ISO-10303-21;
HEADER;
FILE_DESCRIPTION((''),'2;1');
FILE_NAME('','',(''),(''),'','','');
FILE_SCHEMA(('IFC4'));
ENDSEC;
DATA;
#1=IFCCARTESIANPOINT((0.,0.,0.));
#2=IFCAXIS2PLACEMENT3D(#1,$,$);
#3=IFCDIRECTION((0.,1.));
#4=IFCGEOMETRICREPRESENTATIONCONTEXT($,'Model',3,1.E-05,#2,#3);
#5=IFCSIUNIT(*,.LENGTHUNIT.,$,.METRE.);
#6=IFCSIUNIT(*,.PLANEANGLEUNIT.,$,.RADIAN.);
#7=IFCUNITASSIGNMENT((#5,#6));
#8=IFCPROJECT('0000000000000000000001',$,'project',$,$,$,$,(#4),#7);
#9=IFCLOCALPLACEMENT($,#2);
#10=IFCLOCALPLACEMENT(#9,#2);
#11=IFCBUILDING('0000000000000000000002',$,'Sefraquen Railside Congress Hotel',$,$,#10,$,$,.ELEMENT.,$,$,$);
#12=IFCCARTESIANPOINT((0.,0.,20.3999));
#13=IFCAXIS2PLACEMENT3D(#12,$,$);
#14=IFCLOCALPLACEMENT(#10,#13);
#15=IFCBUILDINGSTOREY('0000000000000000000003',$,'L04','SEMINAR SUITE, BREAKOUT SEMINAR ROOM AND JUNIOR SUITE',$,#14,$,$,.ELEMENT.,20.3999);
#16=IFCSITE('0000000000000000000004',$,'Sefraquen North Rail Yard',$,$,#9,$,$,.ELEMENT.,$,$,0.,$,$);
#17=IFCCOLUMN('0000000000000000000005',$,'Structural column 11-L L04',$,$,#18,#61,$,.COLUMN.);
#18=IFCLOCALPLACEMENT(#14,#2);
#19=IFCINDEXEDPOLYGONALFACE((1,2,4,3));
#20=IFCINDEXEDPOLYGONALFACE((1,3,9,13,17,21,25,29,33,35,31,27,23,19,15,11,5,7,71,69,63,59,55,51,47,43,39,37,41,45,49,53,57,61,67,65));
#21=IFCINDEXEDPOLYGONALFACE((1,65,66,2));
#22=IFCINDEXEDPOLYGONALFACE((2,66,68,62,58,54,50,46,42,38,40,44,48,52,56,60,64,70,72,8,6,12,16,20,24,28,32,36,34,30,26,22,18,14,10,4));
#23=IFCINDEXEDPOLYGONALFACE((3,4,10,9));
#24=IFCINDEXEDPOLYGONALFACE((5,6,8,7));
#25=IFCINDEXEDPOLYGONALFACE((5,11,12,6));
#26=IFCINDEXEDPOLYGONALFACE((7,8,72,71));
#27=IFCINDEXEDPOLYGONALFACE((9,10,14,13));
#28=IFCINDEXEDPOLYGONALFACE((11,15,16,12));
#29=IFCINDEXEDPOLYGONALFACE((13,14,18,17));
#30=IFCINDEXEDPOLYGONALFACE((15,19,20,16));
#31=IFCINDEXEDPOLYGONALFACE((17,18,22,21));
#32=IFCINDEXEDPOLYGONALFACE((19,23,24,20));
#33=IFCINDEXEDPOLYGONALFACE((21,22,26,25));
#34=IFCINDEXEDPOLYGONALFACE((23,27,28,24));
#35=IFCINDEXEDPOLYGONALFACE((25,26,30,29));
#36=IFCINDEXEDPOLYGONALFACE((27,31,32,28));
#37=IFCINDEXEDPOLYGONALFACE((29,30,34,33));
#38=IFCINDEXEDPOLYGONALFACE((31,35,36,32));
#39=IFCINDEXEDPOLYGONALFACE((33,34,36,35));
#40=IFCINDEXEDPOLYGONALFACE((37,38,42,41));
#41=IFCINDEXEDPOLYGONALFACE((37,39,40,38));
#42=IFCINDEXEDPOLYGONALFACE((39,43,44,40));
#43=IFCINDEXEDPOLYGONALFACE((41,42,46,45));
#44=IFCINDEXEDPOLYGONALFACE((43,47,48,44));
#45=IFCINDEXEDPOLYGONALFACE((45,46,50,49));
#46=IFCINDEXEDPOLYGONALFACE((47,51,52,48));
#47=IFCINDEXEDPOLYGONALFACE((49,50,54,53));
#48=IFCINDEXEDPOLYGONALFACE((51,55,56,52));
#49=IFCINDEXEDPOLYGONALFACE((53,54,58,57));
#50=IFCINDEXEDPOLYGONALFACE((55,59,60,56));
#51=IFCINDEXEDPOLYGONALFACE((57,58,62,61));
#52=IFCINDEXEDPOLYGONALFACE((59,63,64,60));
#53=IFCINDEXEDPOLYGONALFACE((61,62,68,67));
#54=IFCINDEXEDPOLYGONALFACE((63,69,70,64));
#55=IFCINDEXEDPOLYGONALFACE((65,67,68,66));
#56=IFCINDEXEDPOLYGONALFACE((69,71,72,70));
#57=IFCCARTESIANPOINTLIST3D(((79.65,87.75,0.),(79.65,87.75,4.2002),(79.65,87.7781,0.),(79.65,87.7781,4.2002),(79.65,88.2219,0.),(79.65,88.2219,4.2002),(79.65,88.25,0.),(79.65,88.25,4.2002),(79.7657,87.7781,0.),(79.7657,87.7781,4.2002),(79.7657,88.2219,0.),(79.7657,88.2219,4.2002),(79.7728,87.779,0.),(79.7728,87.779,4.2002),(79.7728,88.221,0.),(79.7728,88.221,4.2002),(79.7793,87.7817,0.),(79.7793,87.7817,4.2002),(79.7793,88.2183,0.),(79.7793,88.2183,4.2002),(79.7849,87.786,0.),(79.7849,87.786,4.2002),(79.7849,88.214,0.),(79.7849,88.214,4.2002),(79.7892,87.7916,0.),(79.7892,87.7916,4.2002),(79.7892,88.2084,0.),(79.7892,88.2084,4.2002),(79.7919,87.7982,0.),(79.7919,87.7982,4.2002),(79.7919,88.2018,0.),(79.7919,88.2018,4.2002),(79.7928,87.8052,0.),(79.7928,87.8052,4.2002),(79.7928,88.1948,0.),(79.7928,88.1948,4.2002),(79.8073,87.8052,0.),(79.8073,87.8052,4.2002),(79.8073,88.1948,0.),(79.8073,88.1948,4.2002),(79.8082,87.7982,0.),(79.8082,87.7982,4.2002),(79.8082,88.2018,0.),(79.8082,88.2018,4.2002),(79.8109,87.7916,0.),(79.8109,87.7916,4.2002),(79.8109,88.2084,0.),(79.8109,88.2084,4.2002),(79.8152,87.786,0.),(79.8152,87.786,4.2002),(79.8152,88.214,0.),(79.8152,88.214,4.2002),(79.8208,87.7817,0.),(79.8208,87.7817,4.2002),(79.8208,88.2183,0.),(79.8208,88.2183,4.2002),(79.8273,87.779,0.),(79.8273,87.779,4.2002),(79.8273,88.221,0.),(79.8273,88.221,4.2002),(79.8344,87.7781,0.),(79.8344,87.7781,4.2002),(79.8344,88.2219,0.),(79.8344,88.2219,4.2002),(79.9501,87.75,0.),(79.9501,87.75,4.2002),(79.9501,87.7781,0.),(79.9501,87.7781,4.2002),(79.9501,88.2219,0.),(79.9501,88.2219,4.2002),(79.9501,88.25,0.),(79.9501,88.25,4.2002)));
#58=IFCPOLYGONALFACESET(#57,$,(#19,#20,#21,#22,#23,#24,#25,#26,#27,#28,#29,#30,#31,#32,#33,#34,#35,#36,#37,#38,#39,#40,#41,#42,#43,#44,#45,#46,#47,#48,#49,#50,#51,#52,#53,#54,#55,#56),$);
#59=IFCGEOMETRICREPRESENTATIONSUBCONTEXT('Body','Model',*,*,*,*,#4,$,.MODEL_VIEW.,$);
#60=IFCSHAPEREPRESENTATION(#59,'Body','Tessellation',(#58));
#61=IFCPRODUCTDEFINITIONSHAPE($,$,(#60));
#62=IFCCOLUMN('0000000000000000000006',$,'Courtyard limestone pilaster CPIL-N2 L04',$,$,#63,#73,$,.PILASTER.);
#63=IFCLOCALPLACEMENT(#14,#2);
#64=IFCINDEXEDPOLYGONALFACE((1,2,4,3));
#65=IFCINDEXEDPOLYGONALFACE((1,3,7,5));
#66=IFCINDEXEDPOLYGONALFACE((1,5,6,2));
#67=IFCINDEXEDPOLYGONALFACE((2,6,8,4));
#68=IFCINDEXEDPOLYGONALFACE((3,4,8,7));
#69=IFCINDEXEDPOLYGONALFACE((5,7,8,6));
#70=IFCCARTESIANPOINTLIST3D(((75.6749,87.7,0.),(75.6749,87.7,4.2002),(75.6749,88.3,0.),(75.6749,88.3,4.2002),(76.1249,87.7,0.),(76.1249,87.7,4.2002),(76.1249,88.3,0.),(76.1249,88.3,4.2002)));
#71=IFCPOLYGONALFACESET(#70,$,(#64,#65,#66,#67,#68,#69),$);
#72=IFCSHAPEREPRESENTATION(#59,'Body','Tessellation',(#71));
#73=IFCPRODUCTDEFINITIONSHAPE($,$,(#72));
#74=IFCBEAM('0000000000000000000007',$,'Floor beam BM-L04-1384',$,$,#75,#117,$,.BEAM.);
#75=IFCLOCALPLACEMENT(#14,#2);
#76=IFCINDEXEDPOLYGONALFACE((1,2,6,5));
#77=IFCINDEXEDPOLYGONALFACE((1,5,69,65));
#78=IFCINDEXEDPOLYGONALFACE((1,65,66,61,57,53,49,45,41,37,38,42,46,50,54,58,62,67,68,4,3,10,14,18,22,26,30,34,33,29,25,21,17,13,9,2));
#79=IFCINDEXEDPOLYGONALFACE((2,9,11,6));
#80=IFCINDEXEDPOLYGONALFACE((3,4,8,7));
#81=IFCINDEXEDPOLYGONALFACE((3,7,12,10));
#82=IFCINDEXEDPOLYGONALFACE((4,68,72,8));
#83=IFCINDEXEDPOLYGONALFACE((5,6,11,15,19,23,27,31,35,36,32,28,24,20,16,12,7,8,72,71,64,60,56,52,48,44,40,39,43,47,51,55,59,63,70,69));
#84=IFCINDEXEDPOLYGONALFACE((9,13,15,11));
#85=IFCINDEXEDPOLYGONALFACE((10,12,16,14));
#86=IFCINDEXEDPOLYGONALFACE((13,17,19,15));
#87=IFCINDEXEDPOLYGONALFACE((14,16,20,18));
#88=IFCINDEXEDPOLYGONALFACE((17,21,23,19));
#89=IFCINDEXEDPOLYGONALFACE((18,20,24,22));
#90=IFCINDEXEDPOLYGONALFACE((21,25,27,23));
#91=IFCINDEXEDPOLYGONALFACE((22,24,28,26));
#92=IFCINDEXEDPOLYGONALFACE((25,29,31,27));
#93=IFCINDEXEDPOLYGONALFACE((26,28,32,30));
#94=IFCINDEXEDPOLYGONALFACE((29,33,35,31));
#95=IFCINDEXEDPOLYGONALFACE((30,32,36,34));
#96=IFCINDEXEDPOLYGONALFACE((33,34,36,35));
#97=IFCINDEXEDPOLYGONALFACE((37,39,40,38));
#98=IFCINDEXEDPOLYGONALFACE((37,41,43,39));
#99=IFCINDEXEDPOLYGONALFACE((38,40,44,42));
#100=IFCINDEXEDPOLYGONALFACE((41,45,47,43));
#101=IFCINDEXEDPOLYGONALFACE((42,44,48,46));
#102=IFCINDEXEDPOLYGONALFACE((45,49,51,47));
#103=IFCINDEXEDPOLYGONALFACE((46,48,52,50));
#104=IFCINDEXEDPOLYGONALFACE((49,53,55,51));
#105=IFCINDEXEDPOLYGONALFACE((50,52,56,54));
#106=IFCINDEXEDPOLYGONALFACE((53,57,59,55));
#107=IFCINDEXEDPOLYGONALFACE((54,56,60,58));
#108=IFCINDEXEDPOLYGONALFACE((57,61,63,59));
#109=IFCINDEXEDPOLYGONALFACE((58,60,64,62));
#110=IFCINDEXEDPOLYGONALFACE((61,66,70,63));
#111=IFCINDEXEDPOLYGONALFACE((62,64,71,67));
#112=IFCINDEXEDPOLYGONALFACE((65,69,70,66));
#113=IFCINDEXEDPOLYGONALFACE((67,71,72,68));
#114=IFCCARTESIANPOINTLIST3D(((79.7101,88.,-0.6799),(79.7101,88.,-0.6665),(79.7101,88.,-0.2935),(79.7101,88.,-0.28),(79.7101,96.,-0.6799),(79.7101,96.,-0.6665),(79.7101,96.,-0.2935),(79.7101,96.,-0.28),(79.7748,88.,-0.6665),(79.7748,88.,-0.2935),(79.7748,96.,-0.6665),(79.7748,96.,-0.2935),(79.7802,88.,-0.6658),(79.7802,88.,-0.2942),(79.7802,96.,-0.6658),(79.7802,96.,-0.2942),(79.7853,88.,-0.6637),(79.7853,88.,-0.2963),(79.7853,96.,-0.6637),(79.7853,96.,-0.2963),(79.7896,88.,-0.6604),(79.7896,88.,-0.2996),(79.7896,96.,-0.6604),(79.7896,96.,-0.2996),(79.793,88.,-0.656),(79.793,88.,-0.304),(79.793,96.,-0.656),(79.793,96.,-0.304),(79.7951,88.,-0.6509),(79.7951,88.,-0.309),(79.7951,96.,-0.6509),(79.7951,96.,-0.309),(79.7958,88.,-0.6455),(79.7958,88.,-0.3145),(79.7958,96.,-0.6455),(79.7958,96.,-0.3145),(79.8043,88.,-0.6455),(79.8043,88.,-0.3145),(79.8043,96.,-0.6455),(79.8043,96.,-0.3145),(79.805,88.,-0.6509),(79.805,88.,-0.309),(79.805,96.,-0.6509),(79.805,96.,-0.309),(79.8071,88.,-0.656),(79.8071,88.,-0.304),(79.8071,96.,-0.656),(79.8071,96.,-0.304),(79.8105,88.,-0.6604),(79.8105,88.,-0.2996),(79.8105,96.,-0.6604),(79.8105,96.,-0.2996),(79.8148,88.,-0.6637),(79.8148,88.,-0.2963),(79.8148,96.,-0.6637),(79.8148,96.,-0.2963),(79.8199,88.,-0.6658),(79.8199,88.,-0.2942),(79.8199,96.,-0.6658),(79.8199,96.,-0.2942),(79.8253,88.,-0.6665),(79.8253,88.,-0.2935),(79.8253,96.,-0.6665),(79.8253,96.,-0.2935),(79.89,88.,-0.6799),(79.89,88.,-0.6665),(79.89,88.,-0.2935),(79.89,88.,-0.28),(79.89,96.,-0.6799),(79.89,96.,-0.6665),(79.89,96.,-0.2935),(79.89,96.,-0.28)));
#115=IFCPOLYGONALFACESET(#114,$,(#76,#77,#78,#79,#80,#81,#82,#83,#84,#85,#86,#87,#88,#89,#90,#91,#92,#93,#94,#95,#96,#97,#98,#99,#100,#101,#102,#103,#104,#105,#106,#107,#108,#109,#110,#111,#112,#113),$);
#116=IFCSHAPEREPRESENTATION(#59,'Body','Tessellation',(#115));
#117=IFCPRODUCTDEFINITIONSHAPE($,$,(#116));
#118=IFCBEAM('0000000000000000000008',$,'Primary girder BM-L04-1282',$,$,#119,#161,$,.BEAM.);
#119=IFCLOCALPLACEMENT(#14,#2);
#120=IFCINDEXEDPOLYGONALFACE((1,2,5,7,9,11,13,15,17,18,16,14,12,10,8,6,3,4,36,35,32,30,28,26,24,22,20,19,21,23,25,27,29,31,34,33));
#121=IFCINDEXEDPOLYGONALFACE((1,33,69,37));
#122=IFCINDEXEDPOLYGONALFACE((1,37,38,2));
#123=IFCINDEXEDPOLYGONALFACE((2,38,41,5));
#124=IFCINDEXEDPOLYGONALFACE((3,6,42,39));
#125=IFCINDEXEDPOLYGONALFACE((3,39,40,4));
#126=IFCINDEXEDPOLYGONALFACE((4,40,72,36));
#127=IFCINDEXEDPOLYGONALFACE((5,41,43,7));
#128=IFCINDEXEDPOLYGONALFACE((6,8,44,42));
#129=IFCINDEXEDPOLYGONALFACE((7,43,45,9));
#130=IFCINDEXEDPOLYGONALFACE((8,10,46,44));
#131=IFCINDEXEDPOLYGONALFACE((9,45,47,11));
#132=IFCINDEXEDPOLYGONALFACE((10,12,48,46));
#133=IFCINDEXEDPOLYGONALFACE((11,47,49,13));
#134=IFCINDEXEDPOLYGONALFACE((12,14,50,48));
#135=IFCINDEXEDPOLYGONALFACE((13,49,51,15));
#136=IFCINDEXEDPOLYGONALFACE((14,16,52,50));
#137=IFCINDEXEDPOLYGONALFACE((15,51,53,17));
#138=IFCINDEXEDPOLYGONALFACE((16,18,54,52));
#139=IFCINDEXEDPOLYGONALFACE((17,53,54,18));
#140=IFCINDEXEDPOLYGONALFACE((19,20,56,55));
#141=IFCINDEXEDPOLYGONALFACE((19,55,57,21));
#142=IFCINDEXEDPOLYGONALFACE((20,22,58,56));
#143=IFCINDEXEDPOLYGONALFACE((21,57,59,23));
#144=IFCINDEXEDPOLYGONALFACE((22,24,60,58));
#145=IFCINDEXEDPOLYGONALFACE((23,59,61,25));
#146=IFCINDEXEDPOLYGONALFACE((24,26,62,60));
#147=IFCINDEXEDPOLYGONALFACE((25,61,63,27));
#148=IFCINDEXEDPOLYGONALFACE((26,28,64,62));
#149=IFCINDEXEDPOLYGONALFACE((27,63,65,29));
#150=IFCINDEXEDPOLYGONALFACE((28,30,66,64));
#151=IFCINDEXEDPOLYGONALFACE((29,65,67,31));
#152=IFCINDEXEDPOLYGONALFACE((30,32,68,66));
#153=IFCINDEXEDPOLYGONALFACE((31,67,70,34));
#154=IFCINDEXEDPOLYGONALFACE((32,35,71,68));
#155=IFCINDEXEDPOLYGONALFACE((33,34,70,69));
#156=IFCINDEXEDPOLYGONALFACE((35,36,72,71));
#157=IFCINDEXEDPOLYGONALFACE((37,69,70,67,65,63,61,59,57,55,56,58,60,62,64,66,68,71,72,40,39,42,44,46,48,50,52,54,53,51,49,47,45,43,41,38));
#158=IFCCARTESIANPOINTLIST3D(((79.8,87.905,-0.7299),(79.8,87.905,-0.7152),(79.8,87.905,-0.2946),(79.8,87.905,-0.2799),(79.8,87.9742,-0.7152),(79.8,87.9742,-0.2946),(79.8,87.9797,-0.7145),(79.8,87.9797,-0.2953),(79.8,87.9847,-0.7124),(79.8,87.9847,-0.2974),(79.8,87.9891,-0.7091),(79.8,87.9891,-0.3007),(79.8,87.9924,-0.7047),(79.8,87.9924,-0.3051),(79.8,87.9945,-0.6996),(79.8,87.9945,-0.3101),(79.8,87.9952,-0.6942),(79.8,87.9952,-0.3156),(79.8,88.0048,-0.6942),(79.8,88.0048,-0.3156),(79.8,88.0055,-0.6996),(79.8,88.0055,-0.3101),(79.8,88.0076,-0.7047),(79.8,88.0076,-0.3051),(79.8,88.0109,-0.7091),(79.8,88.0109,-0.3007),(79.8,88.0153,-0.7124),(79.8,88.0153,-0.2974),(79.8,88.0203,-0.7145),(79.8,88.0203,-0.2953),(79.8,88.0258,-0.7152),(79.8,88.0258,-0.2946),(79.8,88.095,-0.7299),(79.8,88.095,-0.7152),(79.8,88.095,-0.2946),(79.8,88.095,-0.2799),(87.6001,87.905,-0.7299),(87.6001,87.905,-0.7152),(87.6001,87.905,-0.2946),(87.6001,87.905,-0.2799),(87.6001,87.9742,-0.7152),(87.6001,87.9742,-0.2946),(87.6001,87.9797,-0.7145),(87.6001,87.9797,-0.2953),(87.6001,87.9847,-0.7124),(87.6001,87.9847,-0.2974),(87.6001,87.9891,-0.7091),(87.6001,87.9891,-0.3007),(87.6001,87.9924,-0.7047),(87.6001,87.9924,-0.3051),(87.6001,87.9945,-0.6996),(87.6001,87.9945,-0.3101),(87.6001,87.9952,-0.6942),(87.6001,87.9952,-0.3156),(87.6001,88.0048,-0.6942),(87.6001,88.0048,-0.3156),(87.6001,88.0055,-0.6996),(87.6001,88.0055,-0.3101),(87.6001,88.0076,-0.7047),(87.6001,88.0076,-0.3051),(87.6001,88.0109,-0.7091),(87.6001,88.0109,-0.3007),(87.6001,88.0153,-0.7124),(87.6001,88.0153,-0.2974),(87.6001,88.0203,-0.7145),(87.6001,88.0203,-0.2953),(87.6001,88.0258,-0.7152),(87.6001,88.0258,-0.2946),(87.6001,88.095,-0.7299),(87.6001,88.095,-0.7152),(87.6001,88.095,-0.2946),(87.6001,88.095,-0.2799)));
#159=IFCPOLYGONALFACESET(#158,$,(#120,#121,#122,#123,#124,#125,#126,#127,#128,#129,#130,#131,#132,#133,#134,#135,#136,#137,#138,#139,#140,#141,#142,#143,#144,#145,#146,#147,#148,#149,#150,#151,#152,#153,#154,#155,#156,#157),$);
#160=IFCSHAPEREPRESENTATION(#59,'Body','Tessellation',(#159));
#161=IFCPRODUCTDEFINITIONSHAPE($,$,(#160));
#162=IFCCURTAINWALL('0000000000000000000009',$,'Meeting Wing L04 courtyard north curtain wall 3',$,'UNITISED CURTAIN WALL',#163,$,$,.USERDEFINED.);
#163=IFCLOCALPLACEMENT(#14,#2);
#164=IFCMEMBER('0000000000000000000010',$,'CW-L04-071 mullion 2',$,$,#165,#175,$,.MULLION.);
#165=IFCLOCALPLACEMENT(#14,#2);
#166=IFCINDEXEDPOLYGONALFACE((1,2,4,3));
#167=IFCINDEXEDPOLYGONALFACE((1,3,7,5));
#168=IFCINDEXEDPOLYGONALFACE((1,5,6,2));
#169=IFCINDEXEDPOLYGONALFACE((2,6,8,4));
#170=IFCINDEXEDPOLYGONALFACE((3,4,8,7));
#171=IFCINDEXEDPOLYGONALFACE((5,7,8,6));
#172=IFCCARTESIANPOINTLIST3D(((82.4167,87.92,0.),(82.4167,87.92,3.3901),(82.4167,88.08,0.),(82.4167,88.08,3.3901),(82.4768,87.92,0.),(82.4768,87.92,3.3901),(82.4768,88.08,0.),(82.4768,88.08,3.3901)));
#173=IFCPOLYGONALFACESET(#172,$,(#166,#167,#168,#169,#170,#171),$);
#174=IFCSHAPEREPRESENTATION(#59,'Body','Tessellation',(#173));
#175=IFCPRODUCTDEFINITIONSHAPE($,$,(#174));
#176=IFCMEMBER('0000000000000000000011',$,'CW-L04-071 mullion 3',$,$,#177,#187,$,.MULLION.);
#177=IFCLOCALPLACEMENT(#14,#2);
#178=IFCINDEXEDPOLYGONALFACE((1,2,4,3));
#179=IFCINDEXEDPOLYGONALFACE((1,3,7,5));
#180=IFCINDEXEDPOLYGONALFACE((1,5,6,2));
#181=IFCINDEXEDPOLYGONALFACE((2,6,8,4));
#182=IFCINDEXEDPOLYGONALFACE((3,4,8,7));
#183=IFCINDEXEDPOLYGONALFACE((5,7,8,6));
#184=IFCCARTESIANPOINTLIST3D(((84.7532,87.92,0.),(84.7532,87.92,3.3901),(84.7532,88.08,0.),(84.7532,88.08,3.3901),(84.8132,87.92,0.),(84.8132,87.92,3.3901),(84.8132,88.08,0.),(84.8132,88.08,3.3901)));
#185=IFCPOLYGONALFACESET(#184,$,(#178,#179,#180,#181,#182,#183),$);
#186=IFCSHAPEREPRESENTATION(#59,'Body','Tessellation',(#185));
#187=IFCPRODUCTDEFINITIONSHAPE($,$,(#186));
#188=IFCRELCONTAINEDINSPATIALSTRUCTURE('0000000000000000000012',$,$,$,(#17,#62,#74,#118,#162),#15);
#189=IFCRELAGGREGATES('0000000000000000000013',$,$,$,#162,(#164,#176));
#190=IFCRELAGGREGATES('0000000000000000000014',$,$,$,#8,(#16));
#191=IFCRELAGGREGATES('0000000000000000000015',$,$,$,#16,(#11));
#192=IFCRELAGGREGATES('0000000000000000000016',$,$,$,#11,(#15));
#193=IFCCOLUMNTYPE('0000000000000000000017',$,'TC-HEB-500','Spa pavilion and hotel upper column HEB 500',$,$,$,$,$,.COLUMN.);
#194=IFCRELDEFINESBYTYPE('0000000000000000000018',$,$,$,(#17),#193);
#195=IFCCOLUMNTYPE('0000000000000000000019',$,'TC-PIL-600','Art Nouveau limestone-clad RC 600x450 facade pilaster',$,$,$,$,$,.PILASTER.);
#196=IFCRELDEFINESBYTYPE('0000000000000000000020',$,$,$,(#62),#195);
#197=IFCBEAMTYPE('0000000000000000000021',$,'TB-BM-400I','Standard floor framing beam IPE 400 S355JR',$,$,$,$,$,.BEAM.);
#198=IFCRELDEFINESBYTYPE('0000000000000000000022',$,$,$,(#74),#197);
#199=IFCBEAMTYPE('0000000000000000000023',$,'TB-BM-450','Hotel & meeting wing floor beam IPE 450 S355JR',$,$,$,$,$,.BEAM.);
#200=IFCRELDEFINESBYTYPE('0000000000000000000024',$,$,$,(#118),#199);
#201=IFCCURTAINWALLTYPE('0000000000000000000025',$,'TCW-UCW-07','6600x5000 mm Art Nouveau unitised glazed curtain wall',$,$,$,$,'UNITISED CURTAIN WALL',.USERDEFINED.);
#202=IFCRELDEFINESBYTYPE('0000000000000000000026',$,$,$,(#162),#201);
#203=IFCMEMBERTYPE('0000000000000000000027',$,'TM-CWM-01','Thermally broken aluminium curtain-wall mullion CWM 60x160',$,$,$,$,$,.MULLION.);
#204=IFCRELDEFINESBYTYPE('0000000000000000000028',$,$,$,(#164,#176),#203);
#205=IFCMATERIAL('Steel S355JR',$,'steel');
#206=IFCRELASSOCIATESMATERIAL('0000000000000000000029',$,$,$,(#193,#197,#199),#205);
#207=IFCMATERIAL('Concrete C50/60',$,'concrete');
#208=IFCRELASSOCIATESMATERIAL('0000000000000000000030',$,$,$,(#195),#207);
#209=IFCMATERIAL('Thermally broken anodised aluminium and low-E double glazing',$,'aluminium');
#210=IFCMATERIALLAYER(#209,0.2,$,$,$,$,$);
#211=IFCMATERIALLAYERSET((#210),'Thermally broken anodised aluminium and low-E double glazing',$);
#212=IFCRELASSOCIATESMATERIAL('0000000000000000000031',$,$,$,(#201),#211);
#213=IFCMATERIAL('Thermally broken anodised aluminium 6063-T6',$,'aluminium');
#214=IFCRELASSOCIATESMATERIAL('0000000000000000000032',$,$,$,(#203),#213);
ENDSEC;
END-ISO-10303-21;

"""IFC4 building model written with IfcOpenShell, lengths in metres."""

from ifc_helpers import new_model, si_unit, direction, frame, origin, origin_2d, place, context, subcontext, project, spatial, rectangle, i_section, extrude, material, layer, layer_set, material_profile, profile_set, type_object, element, aggregate, save


model = new_model("IFC4")

# Units and contexts
model_context = context("Model", 3, precision=1e-05, world=origin(), true_north=direction((0.0, 1.0)))
body_context = subcontext(model_context, "Body", "Model", "MODEL_VIEW")
ifc_project = project(units=[si_unit("LENGTHUNIT", "METRE"), si_unit("PLANEANGLEUNIT", "RADIAN")], contexts=[model_context])

# Site, building, storey
site_placement = place(None, origin())
site = spatial("IfcSite", under=ifc_project, at=site_placement, Name="Sefraquen North Rail Yard", CompositionType="ELEMENT", RefElevation=0.0)
building_placement = place(site_placement, origin())
building = spatial("IfcBuilding", under=site, at=building_placement, Name="Sefraquen Railside Congress Hotel", CompositionType="ELEMENT")
storey_placement = place(building_placement, frame((0.0, 0.0, 20.3999)))
storey = spatial("IfcBuildingStorey", under=building, at=storey_placement, Name="L04", Description="SEMINAR SUITE, BREAKOUT SEMINAR ROOM AND JUNIOR SUITE", CompositionType="ELEMENT", Elevation=20.3999)

# Columns
ifc_material_1 = material(Name="Steel S355JR", Category="steel")
ifc_material_profile_1 = material_profile(ifc_material_1, i_section(OverallWidth=0.3, OverallDepth=0.5, WebThickness=0.0144, FlangeThickness=0.0281, FilletRadius=0.0271, at=origin_2d()), Name="HEB 500")
ifc_profile_set_1 = profile_set([ifc_material_profile_1], Name="Steel S355JR")
column_type_1 = type_object("IfcColumnType", Name="TC-HEB-500", Description="Spa pavilion and hotel upper column HEB 500", PredefinedType="COLUMN", material=ifc_profile_set_1)
column_1_placement = place(storey_placement, frame((79.8, 88.0, 0.0), z_axis=(0.0, 0.0, 1.0), x_axis=(1.0, 0.0, 0.0)))
element("IfcColumn", 1, at=column_1_placement, inside=storey, type_object=column_type_1, Name="Structural column 11-L L04", PredefinedType="COLUMN", context=body_context, shape_type="SweptSolid", body=[
    extrude(i_section(OverallWidth=0.3, OverallDepth=0.5, WebThickness=0.0144, FlangeThickness=0.0281, FilletRadius=0.0271, at=origin_2d()), origin(), (0.0, 0.0, 1.0), 4.2002),
])
ifc_material_2 = material(Name="Concrete C50/60", Category="concrete")
ifc_material_profile_2 = material_profile(ifc_material_2, rectangle(XDim=0.45, YDim=0.6001, at=origin_2d()), Name="RC 600x450")
ifc_profile_set_2 = profile_set([ifc_material_profile_2], Name="Concrete C50/60")
column_type_2 = type_object("IfcColumnType", Name="TC-PIL-600", Description="Art Nouveau limestone-clad RC 600x450 facade pilaster", PredefinedType="PILASTER", material=ifc_profile_set_2)
column_2_placement = place(storey_placement, frame((75.8999, 88.0, 0.0), z_axis=(0.0, 0.0, 1.0), x_axis=(1.0, 0.0, 0.0)))
element("IfcColumn", 2, at=column_2_placement, inside=storey, type_object=column_type_2, Name="Courtyard limestone pilaster CPIL-N2 L04", PredefinedType="PILASTER", context=body_context, shape_type="SweptSolid", body=[
    extrude(rectangle(XDim=0.45, YDim=0.6001, at=origin_2d()), origin(), (0.0, 0.0, 1.0), 4.2002),
])

# Beams
ifc_material_profile_3 = material_profile(ifc_material_1, i_section(OverallWidth=0.1799, OverallDepth=0.3999, WebThickness=0.0085, FlangeThickness=0.0134, FilletRadius=0.021, at=origin_2d()), Name="IPE 400")
ifc_profile_set_3 = profile_set([ifc_material_profile_3], Name="Steel S355JR")
beam_type_1 = type_object("IfcBeamType", Name="TB-BM-400I", Description="Standard floor framing beam IPE 400 S355JR", PredefinedType="BEAM", material=ifc_profile_set_3)
beam_1_placement = place(storey_placement, frame((79.8, 88.0, -0.48), z_axis=(0.0, 1.0, 0.0), x_axis=(-1.0, 0.0, 0.0)))
element("IfcBeam", 3, at=beam_1_placement, inside=storey, type_object=beam_type_1, Name="Floor beam BM-L04-1384", PredefinedType="BEAM", context=body_context, shape_type="SweptSolid", body=[
    extrude(i_section(OverallWidth=0.1799, OverallDepth=0.3999, WebThickness=0.0085, FlangeThickness=0.0134, FilletRadius=0.021, at=origin_2d()), origin(), (0.0, 0.0, 1.0), 8.0),
])
ifc_material_profile_4 = material_profile(ifc_material_1, i_section(OverallWidth=0.1899, OverallDepth=0.45, WebThickness=0.0095, FlangeThickness=0.0146, FilletRadius=0.021, at=origin_2d()), Name="IPE 450")
ifc_profile_set_4 = profile_set([ifc_material_profile_4], Name="Steel S355JR")
beam_type_2 = type_object("IfcBeamType", Name="TB-BM-450", Description="Hotel & meeting wing floor beam IPE 450 S355JR", PredefinedType="BEAM", material=ifc_profile_set_4)
beam_2_placement = place(storey_placement, frame((79.8, 88.0, -0.5049), z_axis=(1.0, 0.0, 0.0), x_axis=(0.0, 1.0, 0.0)))
element("IfcBeam", 4, at=beam_2_placement, inside=storey, type_object=beam_type_2, Name="Primary girder BM-L04-1282", PredefinedType="BEAM", context=body_context, shape_type="SweptSolid", body=[
    extrude(i_section(OverallWidth=0.1899, OverallDepth=0.45, WebThickness=0.0095, FlangeThickness=0.0146, FilletRadius=0.021, at=origin_2d()), origin(), (0.0, 0.0, 1.0), 7.8),
])

# Curtain wall, members
ifc_material_3 = material(Name="Thermally broken anodised aluminium and low-E double glazing", Category="aluminium")
ifc_layer_1 = layer(ifc_material_3, 0.2)
ifc_layer_set_1 = layer_set([ifc_layer_1], Name="Thermally broken anodised aluminium and low-E double glazing")
curtain_wall_type_1 = type_object("IfcCurtainWallType", Name="TCW-UCW-07", Description="6600x5000 mm Art Nouveau unitised glazed curtain wall", ElementType="UNITISED CURTAIN WALL", PredefinedType="USERDEFINED", material=ifc_layer_set_1)
curtain_wall_1_placement = place(storey_placement, origin())
curtain_wall_1 = element("IfcCurtainWall", 5, at=curtain_wall_1_placement, inside=storey, type_object=curtain_wall_type_1, Name="Meeting Wing L04 courtyard north curtain wall 3", ObjectType="UNITISED CURTAIN WALL", PredefinedType="USERDEFINED")
ifc_material_4 = material(Name="Thermally broken anodised aluminium 6063-T6", Category="aluminium")
ifc_material_profile_5 = material_profile(ifc_material_4, rectangle(XDim=0.0601, YDim=0.1599, at=origin_2d()), Name="CWM 60x160")
ifc_profile_set_5 = profile_set([ifc_material_profile_5], Name="Thermally broken anodised aluminium 6063-T6")
member_type_1 = type_object("IfcMemberType", Name="TM-CWM-01", Description="Thermally broken aluminium curtain-wall mullion CWM 60x160", PredefinedType="MULLION", material=ifc_profile_set_5)
member_1_placement = place(storey_placement, frame((82.4468, 88.0, 0.0), z_axis=(0.0, 0.0, 1.0), x_axis=(1.0, 0.0, 0.0)))
member_1 = element("IfcMember", 6, at=member_1_placement, type_object=member_type_1, Name="CW-L04-071 mullion 2", PredefinedType="MULLION", context=body_context, shape_type="SweptSolid", body=[
    extrude(rectangle(XDim=0.0601, YDim=0.1599, at=origin_2d()), origin(), (0.0, 0.0, 1.0), 3.3901),
])
member_2_placement = place(storey_placement, frame((84.7832, 88.0, 0.0), z_axis=(0.0, 0.0, 1.0), x_axis=(1.0, 0.0, 0.0)))
member_2 = element("IfcMember", 7, at=member_2_placement, type_object=member_type_1, Name="CW-L04-071 mullion 3", PredefinedType="MULLION", context=body_context, shape_type="SweptSolid", body=[
    extrude(rectangle(XDim=0.0601, YDim=0.1599, at=origin_2d()), origin(), (0.0, 0.0, 1.0), 3.3901),
])

aggregate(curtain_wall_1, [member_1, member_2])

save(model, "model.ifc")
